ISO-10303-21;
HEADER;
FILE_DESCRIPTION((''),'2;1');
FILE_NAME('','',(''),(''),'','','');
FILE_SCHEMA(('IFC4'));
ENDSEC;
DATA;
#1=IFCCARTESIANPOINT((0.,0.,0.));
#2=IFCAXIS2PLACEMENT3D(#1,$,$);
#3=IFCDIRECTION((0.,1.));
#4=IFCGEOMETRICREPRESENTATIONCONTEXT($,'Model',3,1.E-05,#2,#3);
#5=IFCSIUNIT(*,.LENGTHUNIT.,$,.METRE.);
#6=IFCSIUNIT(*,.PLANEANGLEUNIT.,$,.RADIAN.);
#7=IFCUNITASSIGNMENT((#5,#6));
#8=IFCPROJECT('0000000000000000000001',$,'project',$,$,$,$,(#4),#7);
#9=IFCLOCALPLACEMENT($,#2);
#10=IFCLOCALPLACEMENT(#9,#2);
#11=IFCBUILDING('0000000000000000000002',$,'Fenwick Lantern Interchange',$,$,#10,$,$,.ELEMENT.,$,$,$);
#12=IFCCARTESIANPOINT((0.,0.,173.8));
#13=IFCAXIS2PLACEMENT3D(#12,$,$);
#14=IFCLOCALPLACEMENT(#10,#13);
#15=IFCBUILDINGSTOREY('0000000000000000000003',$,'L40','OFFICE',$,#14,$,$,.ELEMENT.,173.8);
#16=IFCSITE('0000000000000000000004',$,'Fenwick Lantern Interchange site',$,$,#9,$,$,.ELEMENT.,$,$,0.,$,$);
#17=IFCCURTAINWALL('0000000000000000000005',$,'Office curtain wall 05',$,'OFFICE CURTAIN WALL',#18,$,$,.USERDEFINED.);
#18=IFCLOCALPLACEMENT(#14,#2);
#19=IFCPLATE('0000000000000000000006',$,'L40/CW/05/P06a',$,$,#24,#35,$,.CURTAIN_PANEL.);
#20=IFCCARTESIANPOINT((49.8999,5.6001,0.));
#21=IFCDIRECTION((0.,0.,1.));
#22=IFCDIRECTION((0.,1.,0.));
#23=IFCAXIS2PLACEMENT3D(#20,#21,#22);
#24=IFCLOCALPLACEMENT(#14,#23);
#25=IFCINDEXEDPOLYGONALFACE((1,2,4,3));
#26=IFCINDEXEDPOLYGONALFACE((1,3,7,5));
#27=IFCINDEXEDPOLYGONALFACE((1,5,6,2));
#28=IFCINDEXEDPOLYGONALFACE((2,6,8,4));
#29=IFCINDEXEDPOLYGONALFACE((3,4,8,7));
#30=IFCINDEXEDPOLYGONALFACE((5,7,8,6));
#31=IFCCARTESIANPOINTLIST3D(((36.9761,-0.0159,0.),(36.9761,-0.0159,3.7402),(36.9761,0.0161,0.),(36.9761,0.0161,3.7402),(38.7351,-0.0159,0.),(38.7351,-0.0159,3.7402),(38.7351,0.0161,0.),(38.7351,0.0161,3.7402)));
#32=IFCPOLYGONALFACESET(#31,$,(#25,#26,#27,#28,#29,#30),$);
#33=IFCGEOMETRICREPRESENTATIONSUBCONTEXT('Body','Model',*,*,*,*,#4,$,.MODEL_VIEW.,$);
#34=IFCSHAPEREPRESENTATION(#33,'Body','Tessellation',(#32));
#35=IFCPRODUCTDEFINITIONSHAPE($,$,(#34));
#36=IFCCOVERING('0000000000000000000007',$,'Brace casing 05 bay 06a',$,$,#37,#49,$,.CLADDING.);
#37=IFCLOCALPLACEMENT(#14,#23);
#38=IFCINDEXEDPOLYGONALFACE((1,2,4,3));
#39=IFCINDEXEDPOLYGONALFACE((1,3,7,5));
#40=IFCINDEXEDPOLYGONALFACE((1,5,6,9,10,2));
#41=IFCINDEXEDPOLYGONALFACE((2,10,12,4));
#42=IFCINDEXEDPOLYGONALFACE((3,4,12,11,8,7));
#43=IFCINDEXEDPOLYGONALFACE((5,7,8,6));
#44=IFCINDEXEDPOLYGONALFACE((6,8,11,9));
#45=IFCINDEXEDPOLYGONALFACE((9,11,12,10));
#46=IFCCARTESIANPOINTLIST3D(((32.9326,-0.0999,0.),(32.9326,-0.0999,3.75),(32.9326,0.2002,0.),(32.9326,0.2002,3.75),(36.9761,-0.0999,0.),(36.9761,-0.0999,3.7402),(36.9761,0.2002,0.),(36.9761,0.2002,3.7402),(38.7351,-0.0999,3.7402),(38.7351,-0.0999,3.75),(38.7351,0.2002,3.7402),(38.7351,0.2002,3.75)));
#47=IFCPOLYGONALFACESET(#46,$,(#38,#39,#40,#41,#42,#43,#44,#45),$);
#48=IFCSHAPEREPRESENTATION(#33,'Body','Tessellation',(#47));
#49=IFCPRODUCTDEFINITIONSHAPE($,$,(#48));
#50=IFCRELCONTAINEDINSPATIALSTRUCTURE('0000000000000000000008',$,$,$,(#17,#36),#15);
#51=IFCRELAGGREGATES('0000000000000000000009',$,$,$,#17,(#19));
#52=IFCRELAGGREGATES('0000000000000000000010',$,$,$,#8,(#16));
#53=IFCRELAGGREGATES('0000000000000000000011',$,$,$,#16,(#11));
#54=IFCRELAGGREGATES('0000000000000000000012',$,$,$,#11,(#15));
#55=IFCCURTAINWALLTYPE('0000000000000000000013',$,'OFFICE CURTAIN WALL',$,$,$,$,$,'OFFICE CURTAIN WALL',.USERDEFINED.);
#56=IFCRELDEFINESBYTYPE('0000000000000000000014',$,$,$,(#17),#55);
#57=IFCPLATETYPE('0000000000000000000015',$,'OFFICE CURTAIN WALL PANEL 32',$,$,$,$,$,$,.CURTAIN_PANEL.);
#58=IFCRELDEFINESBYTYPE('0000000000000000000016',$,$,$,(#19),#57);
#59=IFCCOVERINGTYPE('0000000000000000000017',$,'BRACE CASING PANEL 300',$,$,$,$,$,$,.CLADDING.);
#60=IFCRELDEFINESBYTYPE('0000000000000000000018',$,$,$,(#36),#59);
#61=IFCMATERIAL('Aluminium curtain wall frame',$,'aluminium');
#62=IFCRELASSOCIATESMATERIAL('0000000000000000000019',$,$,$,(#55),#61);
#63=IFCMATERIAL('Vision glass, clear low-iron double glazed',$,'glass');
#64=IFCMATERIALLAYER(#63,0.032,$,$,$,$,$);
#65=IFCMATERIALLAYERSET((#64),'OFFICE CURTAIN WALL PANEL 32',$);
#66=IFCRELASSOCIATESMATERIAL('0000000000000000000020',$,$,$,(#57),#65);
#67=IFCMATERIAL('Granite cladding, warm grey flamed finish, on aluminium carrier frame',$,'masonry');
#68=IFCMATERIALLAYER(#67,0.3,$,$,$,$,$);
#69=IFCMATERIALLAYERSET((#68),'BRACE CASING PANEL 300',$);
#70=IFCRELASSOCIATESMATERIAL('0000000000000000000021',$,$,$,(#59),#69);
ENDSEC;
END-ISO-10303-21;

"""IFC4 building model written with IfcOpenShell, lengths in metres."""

from ifc_helpers import new_model, si_unit, direction, frame, origin, place, context, subcontext, project, spatial, polyline, outline, extrude, material, layer, layer_set, type_object, element, aggregate, save


model = new_model("IFC4")

# Units and contexts
model_context = context("Model", 3, precision=1e-05, world=origin(), true_north=direction((0.0, 1.0)))
body_context = subcontext(model_context, "Body", "Model", "MODEL_VIEW")
ifc_project = project(units=[si_unit("LENGTHUNIT", "METRE"), si_unit("PLANEANGLEUNIT", "RADIAN")], contexts=[model_context])

# Site, building, storey
site_placement = place(None, origin())
site = spatial("IfcSite", under=ifc_project, at=site_placement, Name="Fenwick Lantern Interchange site", CompositionType="ELEMENT", RefElevation=0.0)
building_placement = place(site_placement, origin())
building = spatial("IfcBuilding", under=site, at=building_placement, Name="Fenwick Lantern Interchange", CompositionType="ELEMENT")
storey_placement = place(building_placement, frame((0.0, 0.0, 173.8)))
storey = spatial("IfcBuildingStorey", under=building, at=storey_placement, Name="L40", Description="OFFICE", CompositionType="ELEMENT", Elevation=173.8)

# Curtain wall, plate
ifc_material_1 = material(Name="Aluminium curtain wall frame", Category="aluminium")
curtain_wall_type = type_object("IfcCurtainWallType", Name="OFFICE CURTAIN WALL", ElementType="OFFICE CURTAIN WALL", PredefinedType="USERDEFINED", material=ifc_material_1)
curtain_wall_placement = place(storey_placement, origin())
curtain_wall = element("IfcCurtainWall", 1, at=curtain_wall_placement, inside=storey, type_object=curtain_wall_type, Name="Office curtain wall 05", ObjectType="OFFICE CURTAIN WALL", PredefinedType="USERDEFINED")
ifc_material_2 = material(Name="Vision glass, clear low-iron double glazed", Category="glass")
ifc_layer_1 = layer(ifc_material_2, 0.032)
ifc_layer_set_1 = layer_set([ifc_layer_1], Name="OFFICE CURTAIN WALL PANEL 32")
plate_type = type_object("IfcPlateType", Name="OFFICE CURTAIN WALL PANEL 32", PredefinedType="CURTAIN_PANEL", material=ifc_layer_set_1)
plate_placement = place(storey_placement, frame((49.8999, 5.6001, 0.0), z_axis=(0.0, 0.0, 1.0), x_axis=(0.0, 1.0, 0.0)))
plate = element("IfcPlate", 2, at=plate_placement, type_object=plate_type, Name="L40/CW/05/P06a", PredefinedType="CURTAIN_PANEL", context=body_context, shape_type="SweptSolid", body=[
    extrude(outline(polyline([(36.9761, 0.0), (38.7351, 0.0), (38.7351, 3.7402), (36.9761, 3.7402), (36.9761, 0.0)])), frame((0.0, 0.0161, 0.0), z_axis=(0.0, -1.0, 0.0), x_axis=(1.0, 0.0, 0.0)), (0.0, 0.0, 1.0), 0.032),
])
aggregate(curtain_wall, [plate])

# Covering
ifc_material_3 = material(Name="Granite cladding, warm grey flamed finish, on aluminium carrier frame", Category="masonry")
ifc_layer_2 = layer(ifc_material_3, 0.3)
ifc_layer_set_2 = layer_set([ifc_layer_2], Name="BRACE CASING PANEL 300")
covering_type = type_object("IfcCoveringType", Name="BRACE CASING PANEL 300", PredefinedType="CLADDING", material=ifc_layer_set_2)
covering_placement = place(storey_placement, frame((49.8999, 5.6001, 0.0), z_axis=(0.0, 0.0, 1.0), x_axis=(0.0, 1.0, 0.0)))
element("IfcCovering", 3, at=covering_placement, inside=storey, type_object=covering_type, Name="Brace casing 05 bay 06a", PredefinedType="CLADDING", context=body_context, shape_type="SweptSolid", body=[
    extrude(outline(polyline([(32.9326, 0.0), (36.9761, 0.0), (36.9761, 3.7402), (38.7351, 3.7402), (38.7351, 3.75), (32.9326, 3.75), (32.9326, 0.0)])), frame((0.0, 0.2002, 0.0), z_axis=(0.0, -1.0, 0.0), x_axis=(1.0, 0.0, 0.0)), (0.0, 0.0, 1.0), 0.3),
])

save(model, "model.ifc")
